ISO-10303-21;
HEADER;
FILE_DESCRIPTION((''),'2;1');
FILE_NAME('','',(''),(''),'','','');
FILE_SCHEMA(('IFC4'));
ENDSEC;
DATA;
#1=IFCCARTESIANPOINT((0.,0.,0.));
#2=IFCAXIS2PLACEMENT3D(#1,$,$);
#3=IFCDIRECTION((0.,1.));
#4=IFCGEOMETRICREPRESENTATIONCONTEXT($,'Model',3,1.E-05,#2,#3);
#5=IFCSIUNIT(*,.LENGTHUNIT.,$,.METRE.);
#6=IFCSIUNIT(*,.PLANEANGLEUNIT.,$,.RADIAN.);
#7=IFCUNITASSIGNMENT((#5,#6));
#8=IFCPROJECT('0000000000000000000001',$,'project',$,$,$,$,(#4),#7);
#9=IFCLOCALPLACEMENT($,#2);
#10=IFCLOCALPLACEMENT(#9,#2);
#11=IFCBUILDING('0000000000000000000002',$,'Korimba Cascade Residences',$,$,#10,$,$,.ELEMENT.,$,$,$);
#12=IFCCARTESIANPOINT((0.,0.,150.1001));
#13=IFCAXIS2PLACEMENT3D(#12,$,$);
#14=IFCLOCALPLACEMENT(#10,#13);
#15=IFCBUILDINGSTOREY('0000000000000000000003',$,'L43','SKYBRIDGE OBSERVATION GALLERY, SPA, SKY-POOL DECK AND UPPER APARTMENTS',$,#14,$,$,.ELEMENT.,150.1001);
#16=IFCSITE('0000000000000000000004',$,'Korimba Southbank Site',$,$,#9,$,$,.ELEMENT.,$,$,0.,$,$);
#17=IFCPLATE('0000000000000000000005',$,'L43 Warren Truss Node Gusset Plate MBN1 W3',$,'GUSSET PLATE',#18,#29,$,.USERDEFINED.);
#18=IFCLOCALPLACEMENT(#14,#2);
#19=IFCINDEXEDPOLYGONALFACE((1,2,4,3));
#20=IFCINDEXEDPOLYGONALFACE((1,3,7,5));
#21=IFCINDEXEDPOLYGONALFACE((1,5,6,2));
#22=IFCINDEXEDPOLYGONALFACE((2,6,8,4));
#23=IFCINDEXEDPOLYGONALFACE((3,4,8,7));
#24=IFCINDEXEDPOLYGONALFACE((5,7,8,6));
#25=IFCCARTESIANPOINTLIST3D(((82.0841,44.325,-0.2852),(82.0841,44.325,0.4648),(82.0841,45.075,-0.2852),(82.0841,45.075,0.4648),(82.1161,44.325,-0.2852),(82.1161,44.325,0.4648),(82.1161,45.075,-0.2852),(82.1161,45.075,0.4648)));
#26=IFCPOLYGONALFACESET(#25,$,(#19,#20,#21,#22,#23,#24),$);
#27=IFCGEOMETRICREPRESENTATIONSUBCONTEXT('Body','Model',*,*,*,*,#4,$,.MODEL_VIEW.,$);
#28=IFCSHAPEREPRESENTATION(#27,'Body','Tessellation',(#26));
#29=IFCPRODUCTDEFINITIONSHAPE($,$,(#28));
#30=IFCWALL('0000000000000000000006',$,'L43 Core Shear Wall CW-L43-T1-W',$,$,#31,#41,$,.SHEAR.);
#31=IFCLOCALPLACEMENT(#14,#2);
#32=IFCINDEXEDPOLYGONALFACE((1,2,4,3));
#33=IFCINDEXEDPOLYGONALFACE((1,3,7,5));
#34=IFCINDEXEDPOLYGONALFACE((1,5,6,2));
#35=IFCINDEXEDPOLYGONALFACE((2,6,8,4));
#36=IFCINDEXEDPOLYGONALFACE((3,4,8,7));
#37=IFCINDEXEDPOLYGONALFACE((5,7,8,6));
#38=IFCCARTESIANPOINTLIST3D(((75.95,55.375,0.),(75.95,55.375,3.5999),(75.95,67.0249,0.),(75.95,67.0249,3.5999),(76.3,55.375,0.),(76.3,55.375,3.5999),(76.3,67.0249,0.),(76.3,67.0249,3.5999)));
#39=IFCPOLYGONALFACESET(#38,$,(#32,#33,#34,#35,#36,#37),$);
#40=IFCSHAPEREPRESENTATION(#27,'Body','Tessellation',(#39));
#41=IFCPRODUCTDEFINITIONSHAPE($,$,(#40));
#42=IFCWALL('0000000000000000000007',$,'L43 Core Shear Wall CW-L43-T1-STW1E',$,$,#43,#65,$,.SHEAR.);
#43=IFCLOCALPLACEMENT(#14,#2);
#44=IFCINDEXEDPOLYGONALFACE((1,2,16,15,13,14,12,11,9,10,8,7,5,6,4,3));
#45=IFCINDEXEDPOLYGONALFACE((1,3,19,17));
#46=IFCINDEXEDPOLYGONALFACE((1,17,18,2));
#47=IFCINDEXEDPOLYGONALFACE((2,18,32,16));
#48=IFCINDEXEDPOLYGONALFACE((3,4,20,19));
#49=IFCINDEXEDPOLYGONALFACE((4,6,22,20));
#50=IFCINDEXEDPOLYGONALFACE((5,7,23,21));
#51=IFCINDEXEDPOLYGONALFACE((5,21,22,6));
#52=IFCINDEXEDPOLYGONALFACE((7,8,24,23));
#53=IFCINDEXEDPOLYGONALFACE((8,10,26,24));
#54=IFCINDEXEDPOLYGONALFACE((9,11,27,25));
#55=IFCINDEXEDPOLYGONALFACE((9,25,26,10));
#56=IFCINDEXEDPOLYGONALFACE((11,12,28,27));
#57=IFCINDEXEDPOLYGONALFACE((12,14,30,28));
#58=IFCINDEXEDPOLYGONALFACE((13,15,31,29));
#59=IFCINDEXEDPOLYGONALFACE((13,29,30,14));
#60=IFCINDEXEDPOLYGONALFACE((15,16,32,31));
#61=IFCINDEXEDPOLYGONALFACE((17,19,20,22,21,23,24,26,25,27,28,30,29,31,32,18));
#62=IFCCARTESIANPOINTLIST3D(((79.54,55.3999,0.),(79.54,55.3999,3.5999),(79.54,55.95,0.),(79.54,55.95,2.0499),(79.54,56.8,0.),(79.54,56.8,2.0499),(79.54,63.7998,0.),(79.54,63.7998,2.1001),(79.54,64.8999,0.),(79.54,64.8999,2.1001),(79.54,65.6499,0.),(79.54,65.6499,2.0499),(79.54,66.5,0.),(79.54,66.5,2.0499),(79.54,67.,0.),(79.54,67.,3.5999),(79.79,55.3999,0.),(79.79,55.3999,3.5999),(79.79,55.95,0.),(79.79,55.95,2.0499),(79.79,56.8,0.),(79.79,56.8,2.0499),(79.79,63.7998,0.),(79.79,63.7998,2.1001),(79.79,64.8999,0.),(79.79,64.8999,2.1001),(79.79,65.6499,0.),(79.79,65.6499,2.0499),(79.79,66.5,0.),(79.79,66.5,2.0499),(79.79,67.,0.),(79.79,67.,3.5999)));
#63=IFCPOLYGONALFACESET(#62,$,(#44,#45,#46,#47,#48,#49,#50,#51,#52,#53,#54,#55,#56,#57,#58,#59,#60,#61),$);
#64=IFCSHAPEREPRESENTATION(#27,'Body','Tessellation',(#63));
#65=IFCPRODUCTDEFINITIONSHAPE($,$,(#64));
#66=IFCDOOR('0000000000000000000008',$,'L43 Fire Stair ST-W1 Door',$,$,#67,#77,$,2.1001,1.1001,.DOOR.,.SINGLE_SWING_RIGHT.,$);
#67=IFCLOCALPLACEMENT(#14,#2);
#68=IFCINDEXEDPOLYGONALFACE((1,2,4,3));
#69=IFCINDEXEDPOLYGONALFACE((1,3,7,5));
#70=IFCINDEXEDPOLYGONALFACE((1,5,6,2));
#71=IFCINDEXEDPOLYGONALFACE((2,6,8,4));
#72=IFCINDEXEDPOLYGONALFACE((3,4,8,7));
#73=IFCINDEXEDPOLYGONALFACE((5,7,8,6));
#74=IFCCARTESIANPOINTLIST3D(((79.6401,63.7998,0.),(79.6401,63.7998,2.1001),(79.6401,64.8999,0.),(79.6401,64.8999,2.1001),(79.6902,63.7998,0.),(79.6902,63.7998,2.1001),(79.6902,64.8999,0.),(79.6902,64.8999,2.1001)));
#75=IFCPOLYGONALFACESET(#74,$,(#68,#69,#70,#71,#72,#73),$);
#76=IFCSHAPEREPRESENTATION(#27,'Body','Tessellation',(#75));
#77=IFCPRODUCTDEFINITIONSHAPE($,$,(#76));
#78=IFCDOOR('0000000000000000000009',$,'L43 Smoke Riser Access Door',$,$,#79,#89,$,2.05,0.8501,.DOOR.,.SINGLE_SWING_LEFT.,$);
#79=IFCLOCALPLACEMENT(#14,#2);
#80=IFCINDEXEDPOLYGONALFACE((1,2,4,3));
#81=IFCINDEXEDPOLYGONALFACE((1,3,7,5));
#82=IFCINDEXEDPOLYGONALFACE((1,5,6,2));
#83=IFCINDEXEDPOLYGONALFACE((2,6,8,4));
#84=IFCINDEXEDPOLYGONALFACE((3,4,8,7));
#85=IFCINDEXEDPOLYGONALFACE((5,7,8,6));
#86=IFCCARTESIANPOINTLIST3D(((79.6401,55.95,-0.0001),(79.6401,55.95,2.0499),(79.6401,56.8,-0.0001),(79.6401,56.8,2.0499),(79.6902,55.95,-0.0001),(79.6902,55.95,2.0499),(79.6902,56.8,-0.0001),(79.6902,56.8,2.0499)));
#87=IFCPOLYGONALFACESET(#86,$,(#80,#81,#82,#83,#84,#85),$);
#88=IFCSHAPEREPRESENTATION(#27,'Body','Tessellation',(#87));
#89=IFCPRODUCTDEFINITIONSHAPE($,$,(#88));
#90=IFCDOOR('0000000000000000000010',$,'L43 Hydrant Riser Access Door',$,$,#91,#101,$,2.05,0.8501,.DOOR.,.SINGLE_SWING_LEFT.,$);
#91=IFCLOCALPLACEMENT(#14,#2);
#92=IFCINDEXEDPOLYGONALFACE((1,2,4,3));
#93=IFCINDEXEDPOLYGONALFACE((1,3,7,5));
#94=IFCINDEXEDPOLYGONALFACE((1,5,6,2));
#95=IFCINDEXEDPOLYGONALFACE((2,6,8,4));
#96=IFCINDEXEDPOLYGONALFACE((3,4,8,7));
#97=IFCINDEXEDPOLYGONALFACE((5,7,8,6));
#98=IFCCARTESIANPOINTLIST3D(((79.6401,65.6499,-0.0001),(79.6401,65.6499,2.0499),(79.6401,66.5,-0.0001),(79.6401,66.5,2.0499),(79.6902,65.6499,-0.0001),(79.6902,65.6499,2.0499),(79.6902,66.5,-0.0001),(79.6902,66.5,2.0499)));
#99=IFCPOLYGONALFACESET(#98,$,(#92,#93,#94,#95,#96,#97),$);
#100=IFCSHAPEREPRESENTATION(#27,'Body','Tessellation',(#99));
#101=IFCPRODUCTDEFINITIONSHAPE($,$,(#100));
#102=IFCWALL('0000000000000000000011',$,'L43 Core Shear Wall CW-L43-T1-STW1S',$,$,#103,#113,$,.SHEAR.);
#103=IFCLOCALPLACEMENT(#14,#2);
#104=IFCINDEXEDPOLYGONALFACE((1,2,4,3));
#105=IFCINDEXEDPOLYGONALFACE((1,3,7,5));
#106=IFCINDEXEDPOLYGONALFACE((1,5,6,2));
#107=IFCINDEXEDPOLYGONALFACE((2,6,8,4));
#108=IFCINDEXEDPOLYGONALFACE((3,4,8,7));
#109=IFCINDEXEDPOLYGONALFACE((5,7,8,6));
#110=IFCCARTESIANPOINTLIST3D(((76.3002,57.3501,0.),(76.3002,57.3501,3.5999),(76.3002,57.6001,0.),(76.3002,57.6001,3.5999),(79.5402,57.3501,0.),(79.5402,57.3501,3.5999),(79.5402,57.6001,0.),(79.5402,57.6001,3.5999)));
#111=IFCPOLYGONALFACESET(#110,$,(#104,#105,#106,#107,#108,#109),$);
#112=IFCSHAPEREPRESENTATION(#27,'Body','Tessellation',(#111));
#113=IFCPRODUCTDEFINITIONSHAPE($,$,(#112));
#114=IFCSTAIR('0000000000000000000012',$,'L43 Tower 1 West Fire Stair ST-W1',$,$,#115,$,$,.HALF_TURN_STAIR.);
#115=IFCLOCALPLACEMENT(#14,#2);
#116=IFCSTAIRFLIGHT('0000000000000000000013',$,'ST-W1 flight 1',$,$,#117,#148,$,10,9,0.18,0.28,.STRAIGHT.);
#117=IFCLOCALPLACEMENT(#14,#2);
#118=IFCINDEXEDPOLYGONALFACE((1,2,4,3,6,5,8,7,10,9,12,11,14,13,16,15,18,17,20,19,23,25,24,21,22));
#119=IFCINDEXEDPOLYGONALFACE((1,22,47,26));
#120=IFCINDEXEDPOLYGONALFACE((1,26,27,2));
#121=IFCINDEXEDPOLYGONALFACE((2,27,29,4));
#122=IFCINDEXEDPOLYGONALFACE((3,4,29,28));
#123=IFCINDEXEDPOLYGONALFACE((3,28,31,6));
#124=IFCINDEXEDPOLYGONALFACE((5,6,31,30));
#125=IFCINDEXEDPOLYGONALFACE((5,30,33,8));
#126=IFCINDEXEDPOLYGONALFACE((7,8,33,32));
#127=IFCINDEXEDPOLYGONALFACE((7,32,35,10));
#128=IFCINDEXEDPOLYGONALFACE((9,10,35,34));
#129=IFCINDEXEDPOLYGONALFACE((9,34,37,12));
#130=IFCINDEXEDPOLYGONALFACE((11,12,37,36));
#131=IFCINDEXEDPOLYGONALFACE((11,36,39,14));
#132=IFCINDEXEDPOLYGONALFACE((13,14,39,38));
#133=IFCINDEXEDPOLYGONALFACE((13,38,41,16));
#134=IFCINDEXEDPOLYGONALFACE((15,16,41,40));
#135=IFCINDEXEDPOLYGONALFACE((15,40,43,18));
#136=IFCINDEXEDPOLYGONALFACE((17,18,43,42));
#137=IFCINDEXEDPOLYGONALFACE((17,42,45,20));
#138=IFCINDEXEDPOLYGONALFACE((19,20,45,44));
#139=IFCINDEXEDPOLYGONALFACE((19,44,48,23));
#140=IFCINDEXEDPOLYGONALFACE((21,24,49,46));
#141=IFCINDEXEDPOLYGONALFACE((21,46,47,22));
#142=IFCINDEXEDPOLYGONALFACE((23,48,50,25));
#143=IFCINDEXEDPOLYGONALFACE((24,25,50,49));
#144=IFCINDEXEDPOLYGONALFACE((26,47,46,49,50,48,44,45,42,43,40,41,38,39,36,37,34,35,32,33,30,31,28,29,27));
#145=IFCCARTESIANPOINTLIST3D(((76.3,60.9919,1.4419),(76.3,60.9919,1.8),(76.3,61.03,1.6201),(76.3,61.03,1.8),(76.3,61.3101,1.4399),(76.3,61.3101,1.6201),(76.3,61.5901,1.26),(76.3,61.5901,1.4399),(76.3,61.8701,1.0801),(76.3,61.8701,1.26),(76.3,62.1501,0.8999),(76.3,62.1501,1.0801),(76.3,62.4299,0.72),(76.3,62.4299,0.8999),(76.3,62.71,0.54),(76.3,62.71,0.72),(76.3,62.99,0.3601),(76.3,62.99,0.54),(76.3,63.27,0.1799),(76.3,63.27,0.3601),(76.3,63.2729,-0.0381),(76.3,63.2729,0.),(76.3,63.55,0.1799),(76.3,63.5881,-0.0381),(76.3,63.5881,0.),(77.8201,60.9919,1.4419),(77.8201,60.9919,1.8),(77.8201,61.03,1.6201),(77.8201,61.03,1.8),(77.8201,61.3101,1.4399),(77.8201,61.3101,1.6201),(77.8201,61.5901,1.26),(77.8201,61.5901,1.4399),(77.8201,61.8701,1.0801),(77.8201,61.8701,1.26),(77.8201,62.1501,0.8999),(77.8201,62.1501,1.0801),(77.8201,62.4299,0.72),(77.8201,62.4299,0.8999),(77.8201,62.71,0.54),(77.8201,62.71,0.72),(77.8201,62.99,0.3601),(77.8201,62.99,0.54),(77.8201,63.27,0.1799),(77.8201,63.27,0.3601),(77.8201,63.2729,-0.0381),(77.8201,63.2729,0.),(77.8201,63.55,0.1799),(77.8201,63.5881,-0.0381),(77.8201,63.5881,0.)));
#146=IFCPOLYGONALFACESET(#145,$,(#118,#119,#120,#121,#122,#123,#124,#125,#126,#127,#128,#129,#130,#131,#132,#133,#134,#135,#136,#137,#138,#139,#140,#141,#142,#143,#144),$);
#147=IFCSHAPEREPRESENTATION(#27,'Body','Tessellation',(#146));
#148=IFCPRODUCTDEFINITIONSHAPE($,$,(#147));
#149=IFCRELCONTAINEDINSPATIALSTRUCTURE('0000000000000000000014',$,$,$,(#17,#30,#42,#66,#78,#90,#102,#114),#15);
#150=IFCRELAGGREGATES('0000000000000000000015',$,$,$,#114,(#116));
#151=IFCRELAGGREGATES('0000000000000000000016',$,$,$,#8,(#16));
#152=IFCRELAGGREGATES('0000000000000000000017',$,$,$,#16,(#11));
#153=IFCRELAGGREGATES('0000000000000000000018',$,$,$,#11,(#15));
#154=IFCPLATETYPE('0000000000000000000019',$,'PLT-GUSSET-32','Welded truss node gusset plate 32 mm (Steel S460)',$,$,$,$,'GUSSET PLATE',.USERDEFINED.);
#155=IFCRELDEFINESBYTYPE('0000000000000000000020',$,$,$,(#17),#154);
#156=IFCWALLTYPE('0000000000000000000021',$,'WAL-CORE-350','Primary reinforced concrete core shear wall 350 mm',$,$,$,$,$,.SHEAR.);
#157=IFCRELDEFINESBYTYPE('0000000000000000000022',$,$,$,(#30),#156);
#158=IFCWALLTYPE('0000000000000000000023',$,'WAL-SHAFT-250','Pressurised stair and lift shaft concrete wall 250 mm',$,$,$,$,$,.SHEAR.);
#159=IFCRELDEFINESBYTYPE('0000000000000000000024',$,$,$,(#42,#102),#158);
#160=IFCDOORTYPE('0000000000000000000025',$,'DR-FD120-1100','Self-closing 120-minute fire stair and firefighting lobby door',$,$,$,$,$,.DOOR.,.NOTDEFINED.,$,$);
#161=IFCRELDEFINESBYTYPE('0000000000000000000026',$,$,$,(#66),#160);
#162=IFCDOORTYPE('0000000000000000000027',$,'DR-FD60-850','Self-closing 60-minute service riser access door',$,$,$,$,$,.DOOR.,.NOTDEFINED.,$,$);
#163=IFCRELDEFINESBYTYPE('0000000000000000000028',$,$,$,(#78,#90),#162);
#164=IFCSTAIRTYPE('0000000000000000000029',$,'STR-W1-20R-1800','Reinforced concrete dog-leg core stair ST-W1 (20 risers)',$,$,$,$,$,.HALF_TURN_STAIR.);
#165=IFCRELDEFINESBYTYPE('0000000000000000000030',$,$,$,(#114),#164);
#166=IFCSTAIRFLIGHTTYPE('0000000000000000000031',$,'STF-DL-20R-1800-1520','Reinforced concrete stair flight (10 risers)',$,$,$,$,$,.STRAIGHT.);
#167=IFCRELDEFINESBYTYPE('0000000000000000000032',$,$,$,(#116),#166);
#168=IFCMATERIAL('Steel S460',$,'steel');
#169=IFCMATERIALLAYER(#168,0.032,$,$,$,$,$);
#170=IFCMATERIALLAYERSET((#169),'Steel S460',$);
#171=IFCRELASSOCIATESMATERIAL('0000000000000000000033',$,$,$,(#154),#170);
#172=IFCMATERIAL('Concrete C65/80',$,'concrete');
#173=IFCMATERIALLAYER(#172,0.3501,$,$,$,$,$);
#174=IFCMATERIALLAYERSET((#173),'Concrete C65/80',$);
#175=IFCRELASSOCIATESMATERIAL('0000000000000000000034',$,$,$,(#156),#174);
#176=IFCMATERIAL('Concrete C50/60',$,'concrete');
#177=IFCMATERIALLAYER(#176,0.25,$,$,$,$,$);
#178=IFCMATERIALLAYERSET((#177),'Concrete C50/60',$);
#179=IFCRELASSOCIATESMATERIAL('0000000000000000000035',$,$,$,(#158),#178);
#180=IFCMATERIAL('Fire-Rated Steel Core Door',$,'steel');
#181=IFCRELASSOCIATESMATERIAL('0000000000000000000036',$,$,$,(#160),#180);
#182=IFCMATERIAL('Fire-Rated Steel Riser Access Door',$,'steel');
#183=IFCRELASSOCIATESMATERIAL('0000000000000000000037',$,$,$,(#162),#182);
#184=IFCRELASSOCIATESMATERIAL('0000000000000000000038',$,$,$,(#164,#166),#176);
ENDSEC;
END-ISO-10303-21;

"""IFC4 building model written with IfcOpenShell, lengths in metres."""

from ifc_helpers import new_model, si_unit, direction, frame, frame_2d, origin, origin_2d, place, context, subcontext, project, spatial, polyline, rectangle, outline, extrude, material, layer, layer_set, type_object, element, fill, aggregate, save


model = new_model("IFC4")

# Units and contexts
model_context = context("Model", 3, precision=1e-05, world=origin(), true_north=direction((0.0, 1.0)))
body_context = subcontext(model_context, "Body", "Model", "MODEL_VIEW")
ifc_project = project(units=[si_unit("LENGTHUNIT", "METRE"), si_unit("PLANEANGLEUNIT", "RADIAN")], contexts=[model_context])

# Site, building, storey
site_placement = place(None, origin())
site = spatial("IfcSite", under=ifc_project, at=site_placement, Name="Korimba Southbank Site", CompositionType="ELEMENT", RefElevation=0.0)
building_placement = place(site_placement, origin())
building = spatial("IfcBuilding", under=site, at=building_placement, Name="Korimba Cascade Residences", CompositionType="ELEMENT")
storey_placement = place(building_placement, frame((0.0, 0.0, 150.1001)))
storey = spatial("IfcBuildingStorey", under=building, at=storey_placement, Name="L43", Description="SKYBRIDGE OBSERVATION GALLERY, SPA, SKY-POOL DECK AND UPPER APARTMENTS", CompositionType="ELEMENT", Elevation=150.1001)

# Shared definitions
ifc_material_1 = material(Name="Steel S460", Category="steel")

# Plate
ifc_layer_1 = layer(ifc_material_1, 0.032)
ifc_layer_set_1 = layer_set([ifc_layer_1], Name="Steel S460")
plate_type = type_object("IfcPlateType", Name="PLT-GUSSET-32", Description="Welded truss node gusset plate 32 mm (Steel S460)", ElementType="GUSSET PLATE", PredefinedType="USERDEFINED", material=ifc_layer_set_1)
plate_placement = place(storey_placement, frame((82.1001, 44.7, -0.2852), z_axis=(0.0, 0.0, 1.0), x_axis=(1.0, 0.0, 0.0)))
element("IfcPlate", 1, at=plate_placement, inside=storey, type_object=plate_type, Name="L43 Warren Truss Node Gusset Plate MBN1 W3", ObjectType="GUSSET PLATE", PredefinedType="USERDEFINED", context=body_context, shape_type="SweptSolid", body=[
    extrude(rectangle(XDim=0.032, YDim=0.75, at=origin_2d()), origin(), (0.0, 0.0, 1.0), 0.75),
])

# Wall
ifc_material_2 = material(Name="Concrete C65/80", Category="concrete")
ifc_layer_2 = layer(ifc_material_2, 0.3501)
ifc_layer_set_2 = layer_set([ifc_layer_2], Name="Concrete C65/80")
wall_type_1 = type_object("IfcWallType", Name="WAL-CORE-350", Description="Primary reinforced concrete core shear wall 350 mm", PredefinedType="SHEAR", material=ifc_layer_set_2)
wall_1_placement = place(storey_placement, frame((76.125, 55.375, 0.0), z_axis=(0.0, 0.0, 1.0), x_axis=(0.0, 1.0, 0.0)))
element("IfcWall", 2, at=wall_1_placement, inside=storey, type_object=wall_type_1, Name="L43 Core Shear Wall CW-L43-T1-W", PredefinedType="SHEAR", context=body_context, shape_type="SweptSolid", body=[
    extrude(rectangle(XDim=11.6499, YDim=0.3501, at=frame_2d((5.825, 0.0))), origin(), (0.0, 0.0, 1.0), 3.5999),
])

# Wall, openings, doors
ifc_material_3 = material(Name="Concrete C50/60", Category="concrete")
ifc_layer_3 = layer(ifc_material_3, 0.25)
ifc_layer_set_3 = layer_set([ifc_layer_3], Name="Concrete C50/60")
wall_type_2 = type_object("IfcWallType", Name="WAL-SHAFT-250", Description="Pressurised stair and lift shaft concrete wall 250 mm", PredefinedType="SHEAR", material=ifc_layer_set_3)
wall_2_placement = place(storey_placement, frame((79.665, 55.3999, 0.0), z_axis=(0.0, 0.0, 1.0), x_axis=(0.0, 1.0, 0.0)))
wall_2 = element("IfcWall", 3, at=wall_2_placement, inside=storey, type_object=wall_type_2, Name="L43 Core Shear Wall CW-L43-T1-STW1E", PredefinedType="SHEAR", context=body_context, shape_type="SweptSolid", body=[
    extrude(rectangle(XDim=11.6001, YDim=0.25, at=frame_2d((5.8, 0.0))), origin(), (0.0, 0.0, 1.0), 3.5999),
])
opening_1_placement = place(wall_2_placement, frame((0.55, 0.0, 0.0)))
opening_1 = element("IfcOpeningElement", 4, at=opening_1_placement, cuts=wall_2, PredefinedType="OPENING", context=body_context, shape_type="SweptSolid", body=[
    extrude(rectangle(XDim=0.8501, YDim=2.05, at=frame_2d((0.425, 1.0249))), frame((0.0, 0.135, 0.0), z_axis=(0.0, -1.0, 0.0), x_axis=(1.0, 0.0, 0.0)), (0.0, 0.0, 1.0), 0.27),
])
opening_2_placement = place(wall_2_placement, frame((8.3999, 0.0, 0.0)))
opening_2 = element("IfcOpeningElement", 5, at=opening_2_placement, cuts=wall_2, PredefinedType="OPENING", context=body_context, shape_type="SweptSolid", body=[
    extrude(rectangle(XDim=1.1001, YDim=2.1001, at=frame_2d((0.55, 1.05))), frame((0.0, 0.135, 0.0), z_axis=(0.0, -1.0, 0.0), x_axis=(1.0, 0.0, 0.0)), (0.0, 0.0, 1.0), 0.27),
])
opening_3_placement = place(wall_2_placement, frame((10.25, 0.0, 0.0)))
opening_3 = element("IfcOpeningElement", 6, at=opening_3_placement, cuts=wall_2, PredefinedType="OPENING", context=body_context, shape_type="SweptSolid", body=[
    extrude(rectangle(XDim=0.8501, YDim=2.05, at=frame_2d((0.425, 1.0249))), frame((0.0, 0.135, 0.0), z_axis=(0.0, -1.0, 0.0), x_axis=(1.0, 0.0, 0.0)), (0.0, 0.0, 1.0), 0.27),
])
ifc_material_4 = material(Name="Fire-Rated Steel Core Door", Category="steel")
door_type_1 = type_object("IfcDoorType", Name="DR-FD120-1100", Description="Self-closing 120-minute fire stair and firefighting lobby door", OperationType="NOTDEFINED", PredefinedType="DOOR", material=ifc_material_4)
door_1_placement = place(opening_2_placement, origin())
door_1 = element("IfcDoor", 7, at=door_1_placement, inside=storey, type_object=door_type_1, Name="L43 Fire Stair ST-W1 Door", OperationType="SINGLE_SWING_RIGHT", OverallHeight=2.1001, OverallWidth=1.1001, PredefinedType="DOOR", context=body_context, shape_type="SweptSolid", body=[
    extrude(rectangle(XDim=1.1001, YDim=2.1001, at=frame_2d((0.55, 1.05))), frame((0.0, 0.0249, 0.0), z_axis=(0.0, -1.0, 0.0), x_axis=(1.0, 0.0, 0.0)), (0.0, 0.0, 1.0), 0.05),
])
fill(opening_2, door_1)
ifc_material_5 = material(Name="Fire-Rated Steel Riser Access Door", Category="steel")
door_type_2 = type_object("IfcDoorType", Name="DR-FD60-850", Description="Self-closing 60-minute service riser access door", OperationType="NOTDEFINED", PredefinedType="DOOR", material=ifc_material_5)
door_2_placement = place(opening_1_placement, origin())
door_2 = element("IfcDoor", 8, at=door_2_placement, inside=storey, type_object=door_type_2, Name="L43 Smoke Riser Access Door", OperationType="SINGLE_SWING_LEFT", OverallHeight=2.05, OverallWidth=0.8501, PredefinedType="DOOR", context=body_context, shape_type="SweptSolid", body=[
    extrude(rectangle(XDim=0.8501, YDim=2.05, at=frame_2d((0.425, 1.0249))), frame((0.0, 0.0249, 0.0), z_axis=(0.0, -1.0, 0.0), x_axis=(1.0, 0.0, 0.0)), (0.0, 0.0, 1.0), 0.05),
])
fill(opening_1, door_2)
door_3_placement = place(opening_3_placement, origin())
door_3 = element("IfcDoor", 9, at=door_3_placement, inside=storey, type_object=door_type_2, Name="L43 Hydrant Riser Access Door", OperationType="SINGLE_SWING_LEFT", OverallHeight=2.05, OverallWidth=0.8501, PredefinedType="DOOR", context=body_context, shape_type="SweptSolid", body=[
    extrude(rectangle(XDim=0.8501, YDim=2.05, at=frame_2d((0.425, 1.0249))), frame((0.0, 0.0249, 0.0), z_axis=(0.0, -1.0, 0.0), x_axis=(1.0, 0.0, 0.0)), (0.0, 0.0, 1.0), 0.05),
])
fill(opening_3, door_3)

# Wall
wall_3_placement = place(storey_placement, frame((76.3, 57.4751, 0.0), z_axis=(0.0, 0.0, 1.0), x_axis=(1.0, 0.0, 0.0)))
element("IfcWall", 10, at=wall_3_placement, inside=storey, type_object=wall_type_2, Name="L43 Core Shear Wall CW-L43-T1-STW1S", PredefinedType="SHEAR", context=body_context, shape_type="SweptSolid", body=[
    extrude(rectangle(XDim=3.24, YDim=0.25, at=frame_2d((1.6201, 0.0))), origin(), (0.0, 0.0, 1.0), 3.5999),
])

# Stair, stair flight
stair_type = type_object("IfcStairType", Name="STR-W1-20R-1800", Description="Reinforced concrete dog-leg core stair ST-W1 (20 risers)", PredefinedType="HALF_TURN_STAIR", material=ifc_material_3)
stair_placement = place(storey_placement, origin())
stair = element("IfcStair", 11, at=stair_placement, inside=storey, type_object=stair_type, Name="L43 Tower 1 West Fire Stair ST-W1", PredefinedType="HALF_TURN_STAIR")
stair_flight_type = type_object("IfcStairFlightType", Name="STF-DL-20R-1800-1520", Description="Reinforced concrete stair flight (10 risers)", PredefinedType="STRAIGHT", material=ifc_material_3)
stair_flight_1_placement = place(storey_placement, frame((77.0601, 63.55, 0.0), z_axis=(0.0, 0.0, 1.0), x_axis=(0.0, -1.0, 0.0)))
stair_flight_1 = element("IfcStairFlight", 12, at=stair_flight_1_placement, type_object=stair_flight_type, Name="ST-W1 flight 1", NumberOfRisers=10, NumberOfTreads=9, PredefinedType="STRAIGHT", RiserHeight=0.18, TreadLength=0.28, context=body_context, shape_type="SweptSolid", body=[
    extrude(outline(polyline([(-0.0381, 0.0), (0.0, 0.1799), (0.28, 0.1799), (0.28, 0.3601), (0.5601, 0.3601), (0.5601, 0.54), (0.8401, 0.54), (0.8401, 0.72), (1.1201, 0.72), (1.1201, 0.8999), (1.3999, 0.8999), (1.3999, 1.0801), (1.6799, 1.0801), (1.6799, 1.26), (1.96, 1.26), (1.96, 1.4399), (2.24, 1.4399), (2.24, 1.6201), (2.52, 1.6201), (2.52, 1.8), (2.5581, 1.8), (2.5581, 1.4419), (0.2771, 0.0), (0.2771, -0.0381), (-0.0381, -0.0381), (-0.0381, 0.0)])), frame((0.0, 0.76, 0.0), z_axis=(0.0, -1.0, 0.0), x_axis=(1.0, 0.0, 0.0)), (0.0, 0.0, 1.0), 1.52),
])
aggregate(stair, [stair_flight_1])

save(model, "model.ifc")
